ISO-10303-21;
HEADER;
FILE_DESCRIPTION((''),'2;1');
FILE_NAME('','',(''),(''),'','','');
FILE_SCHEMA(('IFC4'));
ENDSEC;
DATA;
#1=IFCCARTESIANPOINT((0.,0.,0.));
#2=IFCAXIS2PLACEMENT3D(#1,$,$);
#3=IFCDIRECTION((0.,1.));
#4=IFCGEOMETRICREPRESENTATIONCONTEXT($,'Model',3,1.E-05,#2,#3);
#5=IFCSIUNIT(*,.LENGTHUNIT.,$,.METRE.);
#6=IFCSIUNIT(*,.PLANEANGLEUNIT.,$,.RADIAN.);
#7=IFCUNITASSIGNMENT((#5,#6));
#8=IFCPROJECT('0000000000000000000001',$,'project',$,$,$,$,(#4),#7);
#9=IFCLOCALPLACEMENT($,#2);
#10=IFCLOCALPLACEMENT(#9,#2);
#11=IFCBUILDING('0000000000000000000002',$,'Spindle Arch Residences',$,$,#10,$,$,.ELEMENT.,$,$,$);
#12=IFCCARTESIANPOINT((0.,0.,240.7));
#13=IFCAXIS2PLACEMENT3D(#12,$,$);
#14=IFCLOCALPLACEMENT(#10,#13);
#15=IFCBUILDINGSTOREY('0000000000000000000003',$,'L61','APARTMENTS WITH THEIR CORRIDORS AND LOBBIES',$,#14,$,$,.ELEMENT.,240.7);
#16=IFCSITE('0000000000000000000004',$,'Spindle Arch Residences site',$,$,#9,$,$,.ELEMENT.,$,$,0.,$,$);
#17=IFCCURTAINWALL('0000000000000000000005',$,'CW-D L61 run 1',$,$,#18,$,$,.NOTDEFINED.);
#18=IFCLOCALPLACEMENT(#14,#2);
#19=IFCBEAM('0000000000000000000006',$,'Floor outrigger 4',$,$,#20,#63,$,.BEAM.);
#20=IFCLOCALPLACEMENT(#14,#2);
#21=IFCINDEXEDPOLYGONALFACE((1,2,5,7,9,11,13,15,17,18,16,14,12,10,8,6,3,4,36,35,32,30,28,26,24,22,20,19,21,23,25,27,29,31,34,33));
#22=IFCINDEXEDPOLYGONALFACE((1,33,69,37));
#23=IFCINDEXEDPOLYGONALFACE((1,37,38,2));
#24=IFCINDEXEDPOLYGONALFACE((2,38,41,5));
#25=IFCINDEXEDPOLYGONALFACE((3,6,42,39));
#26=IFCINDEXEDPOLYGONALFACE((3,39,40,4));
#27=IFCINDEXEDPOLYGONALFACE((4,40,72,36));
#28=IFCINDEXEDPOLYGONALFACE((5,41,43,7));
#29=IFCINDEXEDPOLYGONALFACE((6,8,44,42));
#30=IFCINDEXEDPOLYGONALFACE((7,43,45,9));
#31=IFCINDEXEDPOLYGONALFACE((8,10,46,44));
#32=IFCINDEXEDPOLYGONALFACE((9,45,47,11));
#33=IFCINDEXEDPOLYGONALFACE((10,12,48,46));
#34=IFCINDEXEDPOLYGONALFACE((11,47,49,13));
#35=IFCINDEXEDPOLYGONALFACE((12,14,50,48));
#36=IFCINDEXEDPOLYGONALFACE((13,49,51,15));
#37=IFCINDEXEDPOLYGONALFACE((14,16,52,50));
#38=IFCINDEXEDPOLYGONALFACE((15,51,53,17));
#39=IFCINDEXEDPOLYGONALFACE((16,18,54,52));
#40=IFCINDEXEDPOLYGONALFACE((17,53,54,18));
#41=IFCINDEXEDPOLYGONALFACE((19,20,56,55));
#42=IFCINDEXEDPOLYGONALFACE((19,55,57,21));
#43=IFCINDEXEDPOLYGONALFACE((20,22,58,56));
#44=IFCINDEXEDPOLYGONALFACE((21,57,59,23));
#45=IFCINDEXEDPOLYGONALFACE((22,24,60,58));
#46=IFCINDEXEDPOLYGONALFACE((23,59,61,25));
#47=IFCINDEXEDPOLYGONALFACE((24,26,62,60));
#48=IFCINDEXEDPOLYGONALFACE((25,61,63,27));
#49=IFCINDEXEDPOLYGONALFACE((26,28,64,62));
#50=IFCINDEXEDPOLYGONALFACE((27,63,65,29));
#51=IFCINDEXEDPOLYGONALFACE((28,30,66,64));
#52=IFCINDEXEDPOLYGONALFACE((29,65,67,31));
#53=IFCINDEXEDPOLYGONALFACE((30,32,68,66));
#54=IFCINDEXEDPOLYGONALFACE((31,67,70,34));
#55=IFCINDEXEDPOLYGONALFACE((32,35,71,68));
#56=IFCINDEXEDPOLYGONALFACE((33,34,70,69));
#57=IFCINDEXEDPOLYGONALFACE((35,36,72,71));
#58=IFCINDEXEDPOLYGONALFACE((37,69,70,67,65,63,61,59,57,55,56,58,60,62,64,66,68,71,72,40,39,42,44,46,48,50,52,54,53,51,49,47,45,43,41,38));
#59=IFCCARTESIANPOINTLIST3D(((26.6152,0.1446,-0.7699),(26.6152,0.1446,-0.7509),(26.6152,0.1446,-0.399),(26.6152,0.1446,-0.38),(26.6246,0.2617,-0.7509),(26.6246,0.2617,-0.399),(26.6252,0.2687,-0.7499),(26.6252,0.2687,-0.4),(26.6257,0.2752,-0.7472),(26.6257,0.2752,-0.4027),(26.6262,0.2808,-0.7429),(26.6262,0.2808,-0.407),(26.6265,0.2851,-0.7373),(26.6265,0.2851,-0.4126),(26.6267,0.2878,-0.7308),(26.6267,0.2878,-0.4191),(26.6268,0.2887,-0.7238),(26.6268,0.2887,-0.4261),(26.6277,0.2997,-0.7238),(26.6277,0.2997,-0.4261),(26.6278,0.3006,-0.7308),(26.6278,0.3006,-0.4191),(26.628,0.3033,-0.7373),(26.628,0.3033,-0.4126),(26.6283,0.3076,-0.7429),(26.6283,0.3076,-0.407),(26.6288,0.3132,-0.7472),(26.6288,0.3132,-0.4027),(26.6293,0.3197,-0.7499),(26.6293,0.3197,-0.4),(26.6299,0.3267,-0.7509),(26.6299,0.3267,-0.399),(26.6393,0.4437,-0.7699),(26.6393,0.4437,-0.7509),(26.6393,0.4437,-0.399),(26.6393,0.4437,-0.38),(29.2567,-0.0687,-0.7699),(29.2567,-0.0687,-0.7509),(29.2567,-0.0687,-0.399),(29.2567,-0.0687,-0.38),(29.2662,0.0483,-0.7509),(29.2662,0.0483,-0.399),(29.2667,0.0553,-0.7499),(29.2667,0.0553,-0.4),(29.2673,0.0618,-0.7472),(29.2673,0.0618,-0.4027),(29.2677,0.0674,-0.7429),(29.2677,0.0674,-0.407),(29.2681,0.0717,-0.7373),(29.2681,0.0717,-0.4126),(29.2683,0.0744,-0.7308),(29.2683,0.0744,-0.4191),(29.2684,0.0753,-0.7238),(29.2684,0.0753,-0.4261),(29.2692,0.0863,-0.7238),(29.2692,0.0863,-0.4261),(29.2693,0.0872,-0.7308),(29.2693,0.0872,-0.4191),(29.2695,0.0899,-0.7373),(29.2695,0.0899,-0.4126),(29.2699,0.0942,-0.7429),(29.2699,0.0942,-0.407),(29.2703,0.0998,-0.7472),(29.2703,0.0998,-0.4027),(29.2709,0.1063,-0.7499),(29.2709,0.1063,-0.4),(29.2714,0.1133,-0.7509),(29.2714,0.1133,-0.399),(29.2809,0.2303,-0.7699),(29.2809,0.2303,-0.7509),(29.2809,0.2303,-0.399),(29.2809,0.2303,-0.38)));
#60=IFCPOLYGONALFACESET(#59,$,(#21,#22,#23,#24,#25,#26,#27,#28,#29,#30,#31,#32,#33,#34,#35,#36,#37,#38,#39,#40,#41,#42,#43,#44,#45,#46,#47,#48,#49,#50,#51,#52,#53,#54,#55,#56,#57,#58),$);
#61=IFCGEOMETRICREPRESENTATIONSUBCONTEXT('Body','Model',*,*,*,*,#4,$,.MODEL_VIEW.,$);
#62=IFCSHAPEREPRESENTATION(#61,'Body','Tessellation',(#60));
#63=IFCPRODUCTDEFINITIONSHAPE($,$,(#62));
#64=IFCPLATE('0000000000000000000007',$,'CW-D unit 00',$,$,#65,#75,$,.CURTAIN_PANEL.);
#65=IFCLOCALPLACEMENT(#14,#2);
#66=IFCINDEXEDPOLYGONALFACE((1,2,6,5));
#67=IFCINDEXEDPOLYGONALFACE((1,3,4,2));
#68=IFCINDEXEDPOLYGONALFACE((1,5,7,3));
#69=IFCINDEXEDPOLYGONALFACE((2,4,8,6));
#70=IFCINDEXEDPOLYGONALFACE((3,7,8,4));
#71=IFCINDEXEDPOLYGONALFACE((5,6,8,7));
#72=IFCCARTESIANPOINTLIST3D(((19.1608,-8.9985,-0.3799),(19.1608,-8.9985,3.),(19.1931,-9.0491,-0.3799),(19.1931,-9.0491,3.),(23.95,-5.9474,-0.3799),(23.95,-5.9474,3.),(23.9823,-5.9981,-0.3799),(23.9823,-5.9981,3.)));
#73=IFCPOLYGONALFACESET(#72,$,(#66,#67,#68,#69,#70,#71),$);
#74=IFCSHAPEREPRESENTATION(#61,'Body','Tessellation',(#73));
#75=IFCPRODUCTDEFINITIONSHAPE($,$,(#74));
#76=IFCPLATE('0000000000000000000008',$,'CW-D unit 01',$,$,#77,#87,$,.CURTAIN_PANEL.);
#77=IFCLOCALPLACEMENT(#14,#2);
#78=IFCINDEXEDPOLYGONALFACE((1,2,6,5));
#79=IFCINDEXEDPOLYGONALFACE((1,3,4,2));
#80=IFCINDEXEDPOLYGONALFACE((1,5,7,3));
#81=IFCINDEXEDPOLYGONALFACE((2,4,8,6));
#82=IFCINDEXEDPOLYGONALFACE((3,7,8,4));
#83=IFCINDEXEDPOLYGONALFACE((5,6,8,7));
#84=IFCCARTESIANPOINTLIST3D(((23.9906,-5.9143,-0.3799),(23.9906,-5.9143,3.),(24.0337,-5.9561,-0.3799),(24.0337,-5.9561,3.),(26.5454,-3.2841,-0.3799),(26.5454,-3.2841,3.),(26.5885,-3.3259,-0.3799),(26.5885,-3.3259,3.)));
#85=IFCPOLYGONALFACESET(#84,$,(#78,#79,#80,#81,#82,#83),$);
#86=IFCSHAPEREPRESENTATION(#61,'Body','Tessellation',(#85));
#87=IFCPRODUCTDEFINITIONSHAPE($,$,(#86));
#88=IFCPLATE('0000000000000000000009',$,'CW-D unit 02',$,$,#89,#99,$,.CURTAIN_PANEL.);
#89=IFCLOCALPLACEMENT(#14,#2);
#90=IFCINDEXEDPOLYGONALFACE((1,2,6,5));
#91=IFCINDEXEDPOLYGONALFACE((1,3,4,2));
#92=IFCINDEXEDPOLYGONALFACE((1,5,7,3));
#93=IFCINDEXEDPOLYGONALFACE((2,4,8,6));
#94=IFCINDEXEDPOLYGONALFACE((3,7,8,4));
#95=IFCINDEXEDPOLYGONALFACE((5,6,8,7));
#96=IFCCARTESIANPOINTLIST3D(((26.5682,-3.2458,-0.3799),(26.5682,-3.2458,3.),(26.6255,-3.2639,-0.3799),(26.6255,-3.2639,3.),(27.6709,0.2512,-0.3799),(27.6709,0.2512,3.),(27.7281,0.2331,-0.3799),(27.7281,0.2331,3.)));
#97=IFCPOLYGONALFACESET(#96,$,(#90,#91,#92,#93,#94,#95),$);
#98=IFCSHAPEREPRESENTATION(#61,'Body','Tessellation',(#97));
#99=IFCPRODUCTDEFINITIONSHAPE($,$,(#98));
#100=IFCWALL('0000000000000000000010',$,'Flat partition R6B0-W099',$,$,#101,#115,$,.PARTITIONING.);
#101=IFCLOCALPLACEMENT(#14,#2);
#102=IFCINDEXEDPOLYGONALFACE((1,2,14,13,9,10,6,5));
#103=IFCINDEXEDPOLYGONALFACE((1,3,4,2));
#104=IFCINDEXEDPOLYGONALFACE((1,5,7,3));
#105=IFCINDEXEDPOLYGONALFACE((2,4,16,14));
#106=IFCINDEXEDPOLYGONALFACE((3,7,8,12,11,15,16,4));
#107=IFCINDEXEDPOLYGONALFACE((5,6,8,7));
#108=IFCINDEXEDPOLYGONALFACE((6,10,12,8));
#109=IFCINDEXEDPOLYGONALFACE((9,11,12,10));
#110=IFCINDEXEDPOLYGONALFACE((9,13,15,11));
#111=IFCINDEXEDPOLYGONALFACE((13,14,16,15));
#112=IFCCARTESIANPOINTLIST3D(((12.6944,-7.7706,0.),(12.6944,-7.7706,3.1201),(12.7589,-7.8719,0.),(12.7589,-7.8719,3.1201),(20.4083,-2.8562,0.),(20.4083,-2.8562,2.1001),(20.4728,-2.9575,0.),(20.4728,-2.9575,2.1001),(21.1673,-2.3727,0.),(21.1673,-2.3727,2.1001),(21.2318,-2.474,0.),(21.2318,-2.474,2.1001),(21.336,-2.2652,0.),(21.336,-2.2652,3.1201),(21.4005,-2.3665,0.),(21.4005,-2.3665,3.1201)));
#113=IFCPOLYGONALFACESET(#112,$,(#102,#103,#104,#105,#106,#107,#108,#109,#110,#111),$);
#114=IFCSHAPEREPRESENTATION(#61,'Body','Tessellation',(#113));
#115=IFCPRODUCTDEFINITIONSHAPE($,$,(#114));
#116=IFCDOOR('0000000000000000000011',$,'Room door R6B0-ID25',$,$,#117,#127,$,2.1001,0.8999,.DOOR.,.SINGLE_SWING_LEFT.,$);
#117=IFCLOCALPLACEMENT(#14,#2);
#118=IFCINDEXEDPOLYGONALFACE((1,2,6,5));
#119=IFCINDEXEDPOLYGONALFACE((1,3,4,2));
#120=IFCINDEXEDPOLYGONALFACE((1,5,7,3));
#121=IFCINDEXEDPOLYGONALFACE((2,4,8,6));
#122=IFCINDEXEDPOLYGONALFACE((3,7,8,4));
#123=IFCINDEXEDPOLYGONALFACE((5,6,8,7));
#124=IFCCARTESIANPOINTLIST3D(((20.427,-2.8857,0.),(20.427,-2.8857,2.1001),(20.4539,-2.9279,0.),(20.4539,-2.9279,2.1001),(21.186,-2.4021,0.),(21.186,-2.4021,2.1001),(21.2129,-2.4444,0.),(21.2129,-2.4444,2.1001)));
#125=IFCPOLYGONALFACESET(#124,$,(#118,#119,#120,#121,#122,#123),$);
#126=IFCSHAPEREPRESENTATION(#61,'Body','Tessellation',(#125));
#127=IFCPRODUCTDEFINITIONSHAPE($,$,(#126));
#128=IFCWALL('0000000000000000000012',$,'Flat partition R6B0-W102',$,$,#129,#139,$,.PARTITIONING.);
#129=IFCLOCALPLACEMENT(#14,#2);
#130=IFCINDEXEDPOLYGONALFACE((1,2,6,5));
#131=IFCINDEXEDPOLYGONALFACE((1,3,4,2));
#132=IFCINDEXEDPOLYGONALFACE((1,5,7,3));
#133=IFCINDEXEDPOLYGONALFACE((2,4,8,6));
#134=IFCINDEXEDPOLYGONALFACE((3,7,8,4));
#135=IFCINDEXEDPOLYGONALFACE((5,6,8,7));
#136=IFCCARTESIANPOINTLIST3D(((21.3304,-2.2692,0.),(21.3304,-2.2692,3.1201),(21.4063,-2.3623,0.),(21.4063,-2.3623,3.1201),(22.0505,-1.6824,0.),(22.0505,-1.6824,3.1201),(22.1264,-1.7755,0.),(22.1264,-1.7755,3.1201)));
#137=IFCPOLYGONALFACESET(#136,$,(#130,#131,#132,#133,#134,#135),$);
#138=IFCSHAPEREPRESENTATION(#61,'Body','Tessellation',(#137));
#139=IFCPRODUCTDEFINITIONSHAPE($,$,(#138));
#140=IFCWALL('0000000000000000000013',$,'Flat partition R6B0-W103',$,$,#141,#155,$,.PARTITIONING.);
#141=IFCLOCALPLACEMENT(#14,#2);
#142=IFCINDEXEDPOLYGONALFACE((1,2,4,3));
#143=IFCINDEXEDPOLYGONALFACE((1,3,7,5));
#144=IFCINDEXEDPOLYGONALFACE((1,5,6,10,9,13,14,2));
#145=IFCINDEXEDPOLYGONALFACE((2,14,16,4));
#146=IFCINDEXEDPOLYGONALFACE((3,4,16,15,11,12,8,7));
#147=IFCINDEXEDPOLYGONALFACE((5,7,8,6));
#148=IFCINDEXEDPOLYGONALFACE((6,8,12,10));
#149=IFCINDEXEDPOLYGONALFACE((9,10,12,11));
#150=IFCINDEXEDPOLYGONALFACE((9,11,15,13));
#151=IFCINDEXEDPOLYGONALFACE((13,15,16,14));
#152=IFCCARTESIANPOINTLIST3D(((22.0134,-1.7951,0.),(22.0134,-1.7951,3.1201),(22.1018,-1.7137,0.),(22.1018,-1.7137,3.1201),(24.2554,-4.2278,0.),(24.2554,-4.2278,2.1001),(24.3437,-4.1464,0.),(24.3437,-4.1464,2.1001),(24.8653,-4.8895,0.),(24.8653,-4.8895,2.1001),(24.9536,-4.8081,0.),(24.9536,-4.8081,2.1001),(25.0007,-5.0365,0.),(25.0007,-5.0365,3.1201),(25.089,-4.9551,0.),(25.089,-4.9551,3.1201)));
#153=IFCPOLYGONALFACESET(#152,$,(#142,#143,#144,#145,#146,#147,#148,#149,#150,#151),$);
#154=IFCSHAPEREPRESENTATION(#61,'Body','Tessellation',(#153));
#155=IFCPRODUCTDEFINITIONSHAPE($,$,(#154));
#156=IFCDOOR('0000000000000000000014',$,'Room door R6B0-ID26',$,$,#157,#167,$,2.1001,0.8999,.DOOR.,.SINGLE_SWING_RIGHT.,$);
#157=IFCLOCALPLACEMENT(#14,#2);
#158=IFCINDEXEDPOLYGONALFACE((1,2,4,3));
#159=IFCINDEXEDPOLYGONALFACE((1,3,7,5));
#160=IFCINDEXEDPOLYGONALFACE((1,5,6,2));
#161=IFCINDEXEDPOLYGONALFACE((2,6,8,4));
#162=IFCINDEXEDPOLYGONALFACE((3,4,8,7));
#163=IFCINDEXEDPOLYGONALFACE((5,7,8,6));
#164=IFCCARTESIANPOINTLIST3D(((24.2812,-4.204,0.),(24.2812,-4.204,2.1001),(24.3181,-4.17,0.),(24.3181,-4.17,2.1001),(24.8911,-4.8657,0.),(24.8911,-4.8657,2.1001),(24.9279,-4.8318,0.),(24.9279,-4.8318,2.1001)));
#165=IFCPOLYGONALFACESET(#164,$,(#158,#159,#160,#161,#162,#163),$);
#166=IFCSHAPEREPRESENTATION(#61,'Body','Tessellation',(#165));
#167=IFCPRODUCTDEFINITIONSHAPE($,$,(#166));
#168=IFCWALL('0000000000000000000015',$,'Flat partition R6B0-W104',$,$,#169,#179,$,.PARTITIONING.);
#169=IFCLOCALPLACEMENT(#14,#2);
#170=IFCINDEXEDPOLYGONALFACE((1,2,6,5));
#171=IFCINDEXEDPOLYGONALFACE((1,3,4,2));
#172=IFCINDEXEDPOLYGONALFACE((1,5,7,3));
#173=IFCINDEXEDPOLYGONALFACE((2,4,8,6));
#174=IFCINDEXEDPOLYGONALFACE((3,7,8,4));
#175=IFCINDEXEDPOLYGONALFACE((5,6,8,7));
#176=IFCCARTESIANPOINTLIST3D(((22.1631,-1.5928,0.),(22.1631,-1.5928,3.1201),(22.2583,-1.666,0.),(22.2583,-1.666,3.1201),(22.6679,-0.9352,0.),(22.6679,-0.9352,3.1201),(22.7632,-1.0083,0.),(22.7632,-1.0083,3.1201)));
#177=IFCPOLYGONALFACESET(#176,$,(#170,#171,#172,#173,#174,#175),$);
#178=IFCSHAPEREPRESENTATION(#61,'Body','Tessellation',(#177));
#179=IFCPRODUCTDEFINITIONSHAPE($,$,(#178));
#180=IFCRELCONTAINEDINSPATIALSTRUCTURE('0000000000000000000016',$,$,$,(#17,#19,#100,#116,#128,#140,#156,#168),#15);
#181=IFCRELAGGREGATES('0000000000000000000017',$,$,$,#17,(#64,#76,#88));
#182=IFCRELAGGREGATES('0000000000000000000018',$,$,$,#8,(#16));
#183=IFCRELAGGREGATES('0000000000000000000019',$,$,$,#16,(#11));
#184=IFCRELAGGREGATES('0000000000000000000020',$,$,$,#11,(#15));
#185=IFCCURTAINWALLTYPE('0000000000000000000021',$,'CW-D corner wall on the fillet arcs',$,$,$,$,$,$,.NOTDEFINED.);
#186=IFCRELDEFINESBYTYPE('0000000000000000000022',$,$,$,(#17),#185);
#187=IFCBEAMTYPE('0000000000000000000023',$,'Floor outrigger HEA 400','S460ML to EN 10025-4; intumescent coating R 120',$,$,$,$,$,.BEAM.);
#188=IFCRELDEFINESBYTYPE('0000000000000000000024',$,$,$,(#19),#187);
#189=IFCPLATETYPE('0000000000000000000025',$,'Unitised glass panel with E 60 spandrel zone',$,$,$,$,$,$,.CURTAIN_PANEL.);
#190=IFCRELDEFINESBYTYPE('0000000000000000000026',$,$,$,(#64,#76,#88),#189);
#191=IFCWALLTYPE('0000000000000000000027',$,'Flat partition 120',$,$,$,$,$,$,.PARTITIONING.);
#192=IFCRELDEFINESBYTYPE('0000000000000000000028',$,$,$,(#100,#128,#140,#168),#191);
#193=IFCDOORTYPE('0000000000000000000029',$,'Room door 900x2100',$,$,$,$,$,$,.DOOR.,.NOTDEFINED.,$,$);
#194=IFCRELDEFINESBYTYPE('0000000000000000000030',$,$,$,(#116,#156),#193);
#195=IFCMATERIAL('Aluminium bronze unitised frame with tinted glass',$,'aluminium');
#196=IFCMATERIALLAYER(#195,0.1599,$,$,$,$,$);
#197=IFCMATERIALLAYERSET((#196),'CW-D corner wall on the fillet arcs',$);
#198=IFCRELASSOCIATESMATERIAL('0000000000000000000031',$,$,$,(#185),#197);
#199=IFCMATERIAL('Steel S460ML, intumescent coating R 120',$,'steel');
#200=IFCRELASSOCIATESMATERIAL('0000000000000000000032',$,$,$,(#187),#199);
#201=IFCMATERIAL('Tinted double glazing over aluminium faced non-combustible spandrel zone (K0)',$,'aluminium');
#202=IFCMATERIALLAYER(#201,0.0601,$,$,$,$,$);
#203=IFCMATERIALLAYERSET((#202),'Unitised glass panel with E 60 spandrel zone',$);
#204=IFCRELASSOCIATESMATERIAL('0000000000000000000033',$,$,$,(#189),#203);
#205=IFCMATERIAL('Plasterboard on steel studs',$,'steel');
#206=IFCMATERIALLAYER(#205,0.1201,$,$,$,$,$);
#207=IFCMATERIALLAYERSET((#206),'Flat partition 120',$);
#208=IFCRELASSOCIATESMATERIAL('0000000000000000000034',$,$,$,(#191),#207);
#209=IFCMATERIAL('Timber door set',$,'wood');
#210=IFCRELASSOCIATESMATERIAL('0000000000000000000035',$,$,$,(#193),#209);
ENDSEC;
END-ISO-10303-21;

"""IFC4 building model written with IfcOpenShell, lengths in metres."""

from ifc_helpers import new_model, si_unit, direction, frame, frame_2d, origin, origin_2d, place, context, subcontext, project, spatial, rectangle, i_section, extrude, material, layer, layer_set, material_profile, profile_set, type_object, element, fill, aggregate, save


model = new_model("IFC4")

# Units and contexts
model_context = context("Model", 3, precision=1e-05, world=origin(), true_north=direction((0.0, 1.0)))
body_context = subcontext(model_context, "Body", "Model", "MODEL_VIEW")
ifc_project = project(units=[si_unit("LENGTHUNIT", "METRE"), si_unit("PLANEANGLEUNIT", "RADIAN")], contexts=[model_context])

# Site, building, storey
site_placement = place(None, origin())
site = spatial("IfcSite", under=ifc_project, at=site_placement, Name="Spindle Arch Residences site", CompositionType="ELEMENT", RefElevation=0.0)
building_placement = place(site_placement, origin())
building = spatial("IfcBuilding", under=site, at=building_placement, Name="Spindle Arch Residences", CompositionType="ELEMENT")
storey_placement = place(building_placement, frame((0.0, 0.0, 240.7)))
storey = spatial("IfcBuildingStorey", under=building, at=storey_placement, Name="L61", Description="APARTMENTS WITH THEIR CORRIDORS AND LOBBIES", CompositionType="ELEMENT", Elevation=240.7)

# Curtain wall
ifc_material_1 = material(Name="Aluminium bronze unitised frame with tinted glass", Category="aluminium")
ifc_layer_1 = layer(ifc_material_1, 0.1599)
ifc_layer_set_1 = layer_set([ifc_layer_1], Name="CW-D corner wall on the fillet arcs")
curtain_wall_type = type_object("IfcCurtainWallType", Name="CW-D corner wall on the fillet arcs", PredefinedType="NOTDEFINED", material=ifc_layer_set_1)
curtain_wall_placement = place(storey_placement, origin())
curtain_wall = element("IfcCurtainWall", 1, at=curtain_wall_placement, inside=storey, type_object=curtain_wall_type, Name="CW-D L61 run 1", PredefinedType="NOTDEFINED")

# Beam
ifc_material_2 = material(Name="Steel S460ML, intumescent coating R 120", Category="steel")
ifc_material_profile_1 = material_profile(ifc_material_2, i_section(OverallWidth=0.3, OverallDepth=0.3899, WebThickness=0.011, FlangeThickness=0.019, FilletRadius=0.0271, at=origin_2d()), Name="HEA 400")
ifc_profile_set_1 = profile_set([ifc_material_profile_1], Name="Steel S460ML, intumescent coating R 120")
beam_type_1 = type_object("IfcBeamType", Name="Floor outrigger HEA 400", Description="S460ML to EN 10025-4; intumescent coating R 120", PredefinedType="BEAM", material=ifc_profile_set_1)
beam_1_placement = place(storey_placement, frame((29.2688, 0.0808, -0.575), z_axis=(-0.996753, 0.080514, 0.0), x_axis=(-0.080514, -0.996753, 0.0)))
element("IfcBeam", 2, at=beam_1_placement, inside=storey, type_object=beam_type_1, Name="Floor outrigger 4", PredefinedType="BEAM", context=body_context, shape_type="SweptSolid", body=[
    extrude(i_section(OverallWidth=0.3, OverallDepth=0.3899, WebThickness=0.011, FlangeThickness=0.019, FilletRadius=0.0271, at=origin_2d()), origin(), (0.0, 0.0, 1.0), 2.6501),
])

# Plates
ifc_material_3 = material(Name="Tinted double glazing over aluminium faced non-combustible spandrel zone (K0)", Category="aluminium")
ifc_layer_2 = layer(ifc_material_3, 0.0601)
ifc_layer_set_2 = layer_set([ifc_layer_2], Name="Unitised glass panel with E 60 spandrel zone")
plate_type = type_object("IfcPlateType", Name="Unitised glass panel with E 60 spandrel zone", PredefinedType="CURTAIN_PANEL", material=ifc_layer_set_2)
plate_1_placement = place(storey_placement, frame((21.5715, -7.4983, -0.3799), z_axis=(0.0, 0.0, 1.0), x_axis=(0.843391, 0.5373, 0.0)))
plate_1 = element("IfcPlate", 3, at=plate_1_placement, type_object=plate_type, Name="CW-D unit 00", PredefinedType="CURTAIN_PANEL", context=body_context, shape_type="SweptSolid", body=[
    extrude(rectangle(XDim=5.6785, YDim=0.0601, at=origin_2d()), origin(), (0.0, 0.0, 1.0), 3.3799),
])
plate_2_placement = place(storey_placement, frame((25.2896, -4.6201, -0.3799), z_axis=(0.0, 0.0, 1.0), x_axis=(0.696748, 0.717316, 0.0)))
plate_2 = element("IfcPlate", 4, at=plate_2_placement, type_object=plate_type, Name="CW-D unit 01", PredefinedType="CURTAIN_PANEL", context=body_context, shape_type="SweptSolid", body=[
    extrude(rectangle(XDim=3.6667, YDim=0.0601, at=origin_2d()), origin(), (0.0, 0.0, 1.0), 3.3799),
])
plate_3_placement = place(storey_placement, frame((27.1482, -1.5063, -0.3799), z_axis=(0.0, 0.0, 1.0), x_axis=(0.300706, 0.953717, 0.0)))
plate_3 = element("IfcPlate", 5, at=plate_3_placement, type_object=plate_type, Name="CW-D unit 02", PredefinedType="CURTAIN_PANEL", context=body_context, shape_type="SweptSolid", body=[
    extrude(rectangle(XDim=3.6667, YDim=0.0601, at=origin_2d()), origin(), (0.0, 0.0, 1.0), 3.3799),
])
aggregate(curtain_wall, [plate_1, plate_2, plate_3])

# Wall, opening, door
ifc_material_4 = material(Name="Plasterboard on steel studs", Category="steel")
ifc_layer_3 = layer(ifc_material_4, 0.1201)
ifc_layer_set_3 = layer_set([ifc_layer_3], Name="Flat partition 120")
wall_type = type_object("IfcWallType", Name="Flat partition 120", PredefinedType="PARTITIONING", material=ifc_layer_set_3)
wall_1_placement = place(storey_placement, frame((21.3682, -2.3159, 0.0), z_axis=(0.0, 0.0, 1.0), x_axis=(-0.843389, -0.537304, 0.0)))
wall_1 = element("IfcWall", 6, at=wall_1_placement, inside=storey, type_object=wall_type, Name="Flat partition R6B0-W099", PredefinedType="PARTITIONING", context=body_context, shape_type="SweptSolid", body=[
    extrude(rectangle(XDim=10.2463, YDim=0.1201, at=frame_2d((5.123, 0.0))), origin(), (0.0, 0.0, 1.0), 3.1201),
])
opening_1_placement = place(wall_1_placement, frame((0.2, 0.0, 0.0)))
opening_1 = element("IfcOpeningElement", 7, at=opening_1_placement, cuts=wall_1, PredefinedType="OPENING", context=body_context, shape_type="SweptSolid", body=[
    extrude(rectangle(XDim=0.8999, YDim=2.1001, at=frame_2d((0.45, 1.05))), frame((0.0, 0.0701, 0.0), z_axis=(0.0, -1.0, 0.0), x_axis=(1.0, 0.0, 0.0)), (0.0, 0.0, 1.0), 0.1401),
])
ifc_material_5 = material(Name="Timber door set", Category="wood")
door_type = type_object("IfcDoorType", Name="Room door 900x2100", OperationType="NOTDEFINED", PredefinedType="DOOR", material=ifc_material_5)
door_1_placement = place(opening_1_placement, origin())
door_1 = element("IfcDoor", 8, at=door_1_placement, inside=storey, type_object=door_type, Name="Room door R6B0-ID25", OperationType="SINGLE_SWING_LEFT", OverallHeight=2.1001, OverallWidth=0.8999, PredefinedType="DOOR", context=body_context, shape_type="SweptSolid", body=[
    extrude(rectangle(XDim=0.8999, YDim=2.1001, at=frame_2d((0.45, 1.05))), frame((0.0, 0.0249, 0.0), z_axis=(0.0, -1.0, 0.0), x_axis=(1.0, 0.0, 0.0)), (0.0, 0.0, 1.0), 0.05),
])
fill(opening_1, door_1)

# Wall
wall_2_placement = place(storey_placement, frame((22.0884, -1.729, 0.0), z_axis=(0.0, 0.0, 1.0), x_axis=(-0.775197, -0.63172, 0.0)))
element("IfcWall", 9, at=wall_2_placement, inside=storey, type_object=wall_type, Name="Flat partition R6B0-W102", PredefinedType="PARTITIONING", context=body_context, shape_type="SweptSolid", body=[
    extrude(rectangle(XDim=0.929, YDim=0.1201, at=frame_2d((0.4644, 0.0))), origin(), (0.0, 0.0, 1.0), 3.1201),
])

# Wall, opening, door
wall_3_placement = place(storey_placement, frame((25.0449, -4.9958, 0.0), z_axis=(0.0, 0.0, 1.0), x_axis=(-0.677691, 0.735347, 0.0)))
wall_3 = element("IfcWall", 10, at=wall_3_placement, inside=storey, type_object=wall_type, Name="Flat partition R6B0-W103", PredefinedType="PARTITIONING", context=body_context, shape_type="SweptSolid", body=[
    extrude(rectangle(XDim=4.408, YDim=0.1201, at=frame_2d((2.2041, 0.0))), origin(), (0.0, 0.0, 1.0), 3.1201),
])
opening_2_placement = place(wall_3_placement, frame((0.2, 0.0, 0.0)))
opening_2 = element("IfcOpeningElement", 11, at=opening_2_placement, cuts=wall_3, PredefinedType="OPENING", context=body_context, shape_type="SweptSolid", body=[
    extrude(rectangle(XDim=0.8999, YDim=2.1001, at=frame_2d((0.45, 1.05))), frame((0.0, 0.0701, 0.0), z_axis=(0.0, -1.0, 0.0), x_axis=(1.0, 0.0, 0.0)), (0.0, 0.0, 1.0), 0.1401),
])
door_2_placement = place(opening_2_placement, origin())
door_2 = element("IfcDoor", 12, at=door_2_placement, inside=storey, type_object=door_type, Name="Room door R6B0-ID26", OperationType="SINGLE_SWING_RIGHT", OverallHeight=2.1001, OverallWidth=0.8999, PredefinedType="DOOR", context=body_context, shape_type="SweptSolid", body=[
    extrude(rectangle(XDim=0.8999, YDim=2.1001, at=frame_2d((0.45, 1.05))), frame((0.0, 0.0249, 0.0), z_axis=(0.0, -1.0, 0.0), x_axis=(1.0, 0.0, 0.0)), (0.0, 0.0, 1.0), 0.05),
])
fill(opening_2, door_2)

# Wall
wall_4_placement = place(storey_placement, frame((22.2107, -1.6294, 0.0), z_axis=(0.0, 0.0, 1.0), x_axis=(0.608914, 0.793237, 0.0)))
element("IfcWall", 13, at=wall_4_placement, inside=storey, type_object=wall_type, Name="Flat partition R6B0-W104", PredefinedType="PARTITIONING", context=body_context, shape_type="SweptSolid", body=[
    extrude(rectangle(XDim=0.8291, YDim=0.1201, at=frame_2d((0.4146, 0.0))), origin(), (0.0, 0.0, 1.0), 3.1201),
])

save(model, "model.ifc")
